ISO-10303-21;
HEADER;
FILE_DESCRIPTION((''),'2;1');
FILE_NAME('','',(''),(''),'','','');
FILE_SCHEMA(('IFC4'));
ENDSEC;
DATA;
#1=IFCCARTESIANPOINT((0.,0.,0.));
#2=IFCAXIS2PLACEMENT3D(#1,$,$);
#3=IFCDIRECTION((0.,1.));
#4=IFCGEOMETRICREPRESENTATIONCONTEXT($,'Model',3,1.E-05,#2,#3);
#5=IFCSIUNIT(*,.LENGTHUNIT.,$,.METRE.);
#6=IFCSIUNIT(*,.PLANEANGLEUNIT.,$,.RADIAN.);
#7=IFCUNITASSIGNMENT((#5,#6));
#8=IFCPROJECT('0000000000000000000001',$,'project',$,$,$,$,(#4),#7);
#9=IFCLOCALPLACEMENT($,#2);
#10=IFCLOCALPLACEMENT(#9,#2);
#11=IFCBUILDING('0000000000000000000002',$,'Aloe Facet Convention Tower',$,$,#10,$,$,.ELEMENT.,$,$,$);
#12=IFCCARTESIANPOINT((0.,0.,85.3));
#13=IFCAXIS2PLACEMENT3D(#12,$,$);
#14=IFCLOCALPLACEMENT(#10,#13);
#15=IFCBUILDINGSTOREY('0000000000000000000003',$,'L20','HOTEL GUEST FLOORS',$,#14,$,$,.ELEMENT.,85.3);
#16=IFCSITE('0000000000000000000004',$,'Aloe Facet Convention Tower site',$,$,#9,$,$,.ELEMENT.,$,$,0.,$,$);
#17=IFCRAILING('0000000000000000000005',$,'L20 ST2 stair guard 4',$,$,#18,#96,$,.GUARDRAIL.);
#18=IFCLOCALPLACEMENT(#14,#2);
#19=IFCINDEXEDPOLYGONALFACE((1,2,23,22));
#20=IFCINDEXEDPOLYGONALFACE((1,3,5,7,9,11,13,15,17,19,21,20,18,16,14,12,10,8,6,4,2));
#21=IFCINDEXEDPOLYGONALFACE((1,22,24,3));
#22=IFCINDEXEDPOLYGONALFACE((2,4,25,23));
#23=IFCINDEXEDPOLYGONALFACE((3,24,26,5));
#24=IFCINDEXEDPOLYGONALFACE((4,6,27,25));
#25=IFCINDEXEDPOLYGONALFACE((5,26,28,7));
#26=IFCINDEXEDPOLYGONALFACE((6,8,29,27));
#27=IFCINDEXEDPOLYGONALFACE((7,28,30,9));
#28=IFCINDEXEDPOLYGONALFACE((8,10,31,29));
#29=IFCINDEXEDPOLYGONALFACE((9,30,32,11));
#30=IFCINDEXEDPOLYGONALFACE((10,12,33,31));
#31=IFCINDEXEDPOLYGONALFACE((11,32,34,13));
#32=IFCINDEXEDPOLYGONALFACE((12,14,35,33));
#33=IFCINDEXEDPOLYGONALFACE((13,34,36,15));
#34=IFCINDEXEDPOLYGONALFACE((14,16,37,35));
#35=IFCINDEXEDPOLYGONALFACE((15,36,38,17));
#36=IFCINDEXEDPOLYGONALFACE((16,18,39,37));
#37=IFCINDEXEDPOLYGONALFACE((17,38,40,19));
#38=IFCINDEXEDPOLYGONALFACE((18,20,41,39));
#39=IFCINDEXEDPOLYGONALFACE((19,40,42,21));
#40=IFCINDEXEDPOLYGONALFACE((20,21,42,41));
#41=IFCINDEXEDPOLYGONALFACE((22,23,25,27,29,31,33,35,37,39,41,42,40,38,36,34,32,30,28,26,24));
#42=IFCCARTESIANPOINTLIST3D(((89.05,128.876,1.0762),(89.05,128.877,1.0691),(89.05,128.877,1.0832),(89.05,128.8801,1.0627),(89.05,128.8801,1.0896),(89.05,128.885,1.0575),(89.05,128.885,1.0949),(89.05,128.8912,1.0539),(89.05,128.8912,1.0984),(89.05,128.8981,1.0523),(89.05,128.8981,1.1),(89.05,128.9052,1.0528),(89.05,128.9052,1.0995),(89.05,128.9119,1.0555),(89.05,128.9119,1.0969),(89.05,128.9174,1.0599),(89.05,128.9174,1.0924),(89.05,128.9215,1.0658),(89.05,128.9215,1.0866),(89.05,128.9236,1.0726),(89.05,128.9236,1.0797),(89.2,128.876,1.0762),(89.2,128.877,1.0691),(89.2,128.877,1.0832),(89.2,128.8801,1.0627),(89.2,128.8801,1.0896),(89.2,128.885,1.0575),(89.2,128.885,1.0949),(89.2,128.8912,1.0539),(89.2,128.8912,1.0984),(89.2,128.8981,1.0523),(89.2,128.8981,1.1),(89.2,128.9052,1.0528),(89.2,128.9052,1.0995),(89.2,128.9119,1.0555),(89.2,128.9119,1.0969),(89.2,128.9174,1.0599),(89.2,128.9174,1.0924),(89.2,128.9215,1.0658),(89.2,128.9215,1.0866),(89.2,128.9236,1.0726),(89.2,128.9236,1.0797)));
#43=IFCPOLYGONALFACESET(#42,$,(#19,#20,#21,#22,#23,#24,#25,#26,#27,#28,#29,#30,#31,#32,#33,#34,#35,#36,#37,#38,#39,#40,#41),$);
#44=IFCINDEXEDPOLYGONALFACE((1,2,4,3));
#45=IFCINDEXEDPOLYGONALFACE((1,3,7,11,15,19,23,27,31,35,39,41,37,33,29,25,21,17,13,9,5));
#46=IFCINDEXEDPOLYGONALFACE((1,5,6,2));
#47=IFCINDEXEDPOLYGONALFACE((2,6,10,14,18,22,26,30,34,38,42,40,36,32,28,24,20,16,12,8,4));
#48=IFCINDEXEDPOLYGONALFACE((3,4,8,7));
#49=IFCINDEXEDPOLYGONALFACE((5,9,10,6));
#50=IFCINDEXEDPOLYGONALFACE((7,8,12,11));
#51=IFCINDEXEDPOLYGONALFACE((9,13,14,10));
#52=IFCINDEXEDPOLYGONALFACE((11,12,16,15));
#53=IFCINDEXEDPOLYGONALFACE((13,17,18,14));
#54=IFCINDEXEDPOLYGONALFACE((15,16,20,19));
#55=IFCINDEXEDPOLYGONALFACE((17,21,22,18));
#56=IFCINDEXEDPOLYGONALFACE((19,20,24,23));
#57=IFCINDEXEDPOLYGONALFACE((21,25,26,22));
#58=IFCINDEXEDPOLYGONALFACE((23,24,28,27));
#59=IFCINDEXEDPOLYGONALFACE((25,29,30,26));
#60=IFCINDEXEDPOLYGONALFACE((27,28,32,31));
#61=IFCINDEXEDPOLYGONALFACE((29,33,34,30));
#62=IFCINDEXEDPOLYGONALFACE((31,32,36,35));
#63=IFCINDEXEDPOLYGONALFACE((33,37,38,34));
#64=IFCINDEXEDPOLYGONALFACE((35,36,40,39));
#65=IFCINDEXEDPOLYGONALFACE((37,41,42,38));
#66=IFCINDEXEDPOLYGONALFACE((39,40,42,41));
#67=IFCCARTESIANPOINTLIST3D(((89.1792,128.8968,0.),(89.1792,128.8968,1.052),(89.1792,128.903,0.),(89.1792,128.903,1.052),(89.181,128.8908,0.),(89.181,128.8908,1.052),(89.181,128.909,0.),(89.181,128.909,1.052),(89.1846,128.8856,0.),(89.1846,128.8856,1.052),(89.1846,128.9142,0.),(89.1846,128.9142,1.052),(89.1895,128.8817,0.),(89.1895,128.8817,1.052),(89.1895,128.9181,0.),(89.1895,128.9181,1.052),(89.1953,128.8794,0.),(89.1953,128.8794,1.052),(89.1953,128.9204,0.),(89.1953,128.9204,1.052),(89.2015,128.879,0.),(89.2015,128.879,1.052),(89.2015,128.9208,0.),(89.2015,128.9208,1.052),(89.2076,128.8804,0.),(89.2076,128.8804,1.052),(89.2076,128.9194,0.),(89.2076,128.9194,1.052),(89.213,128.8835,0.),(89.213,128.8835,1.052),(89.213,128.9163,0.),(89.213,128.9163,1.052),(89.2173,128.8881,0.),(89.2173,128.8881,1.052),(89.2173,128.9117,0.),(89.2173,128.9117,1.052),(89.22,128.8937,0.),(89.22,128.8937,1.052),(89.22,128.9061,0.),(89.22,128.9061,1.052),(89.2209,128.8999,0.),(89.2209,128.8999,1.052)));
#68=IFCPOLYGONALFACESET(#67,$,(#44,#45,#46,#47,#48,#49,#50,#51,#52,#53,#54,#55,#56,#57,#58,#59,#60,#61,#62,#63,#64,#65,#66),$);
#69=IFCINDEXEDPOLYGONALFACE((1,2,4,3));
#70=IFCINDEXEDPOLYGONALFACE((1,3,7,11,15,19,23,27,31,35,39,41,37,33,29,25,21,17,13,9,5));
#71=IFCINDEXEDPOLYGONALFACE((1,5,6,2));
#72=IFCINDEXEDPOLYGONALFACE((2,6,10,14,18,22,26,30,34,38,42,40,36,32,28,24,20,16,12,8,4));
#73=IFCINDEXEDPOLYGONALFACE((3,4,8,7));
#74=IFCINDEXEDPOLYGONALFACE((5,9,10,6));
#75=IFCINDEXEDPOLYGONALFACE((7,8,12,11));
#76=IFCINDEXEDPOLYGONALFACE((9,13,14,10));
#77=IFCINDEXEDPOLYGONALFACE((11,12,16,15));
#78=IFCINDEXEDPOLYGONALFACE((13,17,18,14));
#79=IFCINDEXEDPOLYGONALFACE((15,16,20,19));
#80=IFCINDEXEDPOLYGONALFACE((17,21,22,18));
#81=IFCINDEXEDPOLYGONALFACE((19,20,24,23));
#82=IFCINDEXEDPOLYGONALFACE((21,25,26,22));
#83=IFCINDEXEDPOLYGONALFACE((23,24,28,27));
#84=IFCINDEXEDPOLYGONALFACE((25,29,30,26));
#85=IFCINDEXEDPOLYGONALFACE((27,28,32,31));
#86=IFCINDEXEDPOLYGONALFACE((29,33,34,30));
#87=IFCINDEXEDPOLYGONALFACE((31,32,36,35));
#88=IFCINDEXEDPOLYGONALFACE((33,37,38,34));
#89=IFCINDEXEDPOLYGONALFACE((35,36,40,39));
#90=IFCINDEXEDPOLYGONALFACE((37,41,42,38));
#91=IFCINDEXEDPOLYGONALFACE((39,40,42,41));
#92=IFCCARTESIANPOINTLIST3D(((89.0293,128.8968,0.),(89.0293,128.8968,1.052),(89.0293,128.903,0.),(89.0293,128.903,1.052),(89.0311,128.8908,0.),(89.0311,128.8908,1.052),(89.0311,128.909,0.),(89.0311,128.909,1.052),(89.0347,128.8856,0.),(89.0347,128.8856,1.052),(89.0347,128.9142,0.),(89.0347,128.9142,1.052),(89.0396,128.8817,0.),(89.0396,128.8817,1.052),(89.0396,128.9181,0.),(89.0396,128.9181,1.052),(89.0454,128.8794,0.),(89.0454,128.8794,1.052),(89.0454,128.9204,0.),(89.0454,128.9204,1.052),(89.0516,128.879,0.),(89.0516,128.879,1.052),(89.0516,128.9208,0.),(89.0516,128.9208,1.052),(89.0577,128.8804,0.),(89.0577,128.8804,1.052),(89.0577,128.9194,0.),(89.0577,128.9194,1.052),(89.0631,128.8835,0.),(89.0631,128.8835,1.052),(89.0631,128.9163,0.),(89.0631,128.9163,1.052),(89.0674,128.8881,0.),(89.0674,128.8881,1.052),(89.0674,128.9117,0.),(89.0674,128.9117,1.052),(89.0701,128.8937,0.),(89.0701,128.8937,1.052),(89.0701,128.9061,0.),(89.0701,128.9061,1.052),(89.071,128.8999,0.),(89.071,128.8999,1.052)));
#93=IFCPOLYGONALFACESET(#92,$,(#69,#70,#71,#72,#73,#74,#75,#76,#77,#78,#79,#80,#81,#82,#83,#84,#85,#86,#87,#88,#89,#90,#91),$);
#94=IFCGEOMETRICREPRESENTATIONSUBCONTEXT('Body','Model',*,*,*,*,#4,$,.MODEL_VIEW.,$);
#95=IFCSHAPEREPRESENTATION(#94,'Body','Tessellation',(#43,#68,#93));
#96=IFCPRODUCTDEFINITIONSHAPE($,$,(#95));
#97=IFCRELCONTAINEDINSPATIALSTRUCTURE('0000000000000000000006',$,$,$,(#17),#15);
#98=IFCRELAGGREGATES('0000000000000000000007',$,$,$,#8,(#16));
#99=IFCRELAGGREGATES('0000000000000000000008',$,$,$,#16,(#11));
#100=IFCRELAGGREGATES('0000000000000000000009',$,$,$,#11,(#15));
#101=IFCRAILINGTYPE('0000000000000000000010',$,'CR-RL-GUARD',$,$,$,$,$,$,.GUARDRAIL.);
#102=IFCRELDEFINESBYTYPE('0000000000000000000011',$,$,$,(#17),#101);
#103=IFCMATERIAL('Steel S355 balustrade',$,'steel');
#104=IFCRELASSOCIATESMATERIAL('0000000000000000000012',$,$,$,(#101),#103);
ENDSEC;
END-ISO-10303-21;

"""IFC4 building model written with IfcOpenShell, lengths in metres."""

from ifc_helpers import new_model, si_unit, direction, frame, origin, origin_2d, place, context, subcontext, project, spatial, circle, extrude, material, type_object, element, save


model = new_model("IFC4")

# Units and contexts
model_context = context("Model", 3, precision=1e-05, world=origin(), true_north=direction((0.0, 1.0)))
body_context = subcontext(model_context, "Body", "Model", "MODEL_VIEW")
ifc_project = project(units=[si_unit("LENGTHUNIT", "METRE"), si_unit("PLANEANGLEUNIT", "RADIAN")], contexts=[model_context])

# Site, building, storey
site_placement = place(None, origin())
site = spatial("IfcSite", under=ifc_project, at=site_placement, Name="Aloe Facet Convention Tower site", CompositionType="ELEMENT", RefElevation=0.0)
building_placement = place(site_placement, origin())
building = spatial("IfcBuilding", under=site, at=building_placement, Name="Aloe Facet Convention Tower", CompositionType="ELEMENT")
storey_placement = place(building_placement, frame((0.0, 0.0, 85.3)))
storey = spatial("IfcBuildingStorey", under=building, at=storey_placement, Name="L20", Description="HOTEL GUEST FLOORS", CompositionType="ELEMENT", Elevation=85.3)

# Railing
ifc_material_1 = material(Name="Steel S355 balustrade", Category="steel")
railing_type_1 = type_object("IfcRailingType", Name="CR-RL-GUARD", PredefinedType="GUARDRAIL", material=ifc_material_1)
railing_1_placement = place(storey_placement, frame((89.2, 128.8999, 0.0)))
element("IfcRailing", 1, at=railing_1_placement, inside=storey, type_object=railing_type_1, Name="L20 ST2 stair guard 4", PredefinedType="GUARDRAIL", context=body_context, shape_type="SweptSolid", body=[
    extrude(circle(Radius=0.0239, at=origin_2d()), frame((0.0, 0.0, 1.0762), z_axis=(-1.0, 0.0, 0.0), x_axis=(0.0, -1.0, 0.0)), (0.0, 0.0, 1.0), 0.1499),
    extrude(circle(Radius=0.021, at=origin_2d()), origin(), (0.0, 0.0, 1.0), 1.052),
    extrude(circle(Radius=0.021, at=origin_2d()), frame((-0.1499, 0.0, 0.0)), (0.0, 0.0, 1.0), 1.052),
])

save(model, "model.ifc")
